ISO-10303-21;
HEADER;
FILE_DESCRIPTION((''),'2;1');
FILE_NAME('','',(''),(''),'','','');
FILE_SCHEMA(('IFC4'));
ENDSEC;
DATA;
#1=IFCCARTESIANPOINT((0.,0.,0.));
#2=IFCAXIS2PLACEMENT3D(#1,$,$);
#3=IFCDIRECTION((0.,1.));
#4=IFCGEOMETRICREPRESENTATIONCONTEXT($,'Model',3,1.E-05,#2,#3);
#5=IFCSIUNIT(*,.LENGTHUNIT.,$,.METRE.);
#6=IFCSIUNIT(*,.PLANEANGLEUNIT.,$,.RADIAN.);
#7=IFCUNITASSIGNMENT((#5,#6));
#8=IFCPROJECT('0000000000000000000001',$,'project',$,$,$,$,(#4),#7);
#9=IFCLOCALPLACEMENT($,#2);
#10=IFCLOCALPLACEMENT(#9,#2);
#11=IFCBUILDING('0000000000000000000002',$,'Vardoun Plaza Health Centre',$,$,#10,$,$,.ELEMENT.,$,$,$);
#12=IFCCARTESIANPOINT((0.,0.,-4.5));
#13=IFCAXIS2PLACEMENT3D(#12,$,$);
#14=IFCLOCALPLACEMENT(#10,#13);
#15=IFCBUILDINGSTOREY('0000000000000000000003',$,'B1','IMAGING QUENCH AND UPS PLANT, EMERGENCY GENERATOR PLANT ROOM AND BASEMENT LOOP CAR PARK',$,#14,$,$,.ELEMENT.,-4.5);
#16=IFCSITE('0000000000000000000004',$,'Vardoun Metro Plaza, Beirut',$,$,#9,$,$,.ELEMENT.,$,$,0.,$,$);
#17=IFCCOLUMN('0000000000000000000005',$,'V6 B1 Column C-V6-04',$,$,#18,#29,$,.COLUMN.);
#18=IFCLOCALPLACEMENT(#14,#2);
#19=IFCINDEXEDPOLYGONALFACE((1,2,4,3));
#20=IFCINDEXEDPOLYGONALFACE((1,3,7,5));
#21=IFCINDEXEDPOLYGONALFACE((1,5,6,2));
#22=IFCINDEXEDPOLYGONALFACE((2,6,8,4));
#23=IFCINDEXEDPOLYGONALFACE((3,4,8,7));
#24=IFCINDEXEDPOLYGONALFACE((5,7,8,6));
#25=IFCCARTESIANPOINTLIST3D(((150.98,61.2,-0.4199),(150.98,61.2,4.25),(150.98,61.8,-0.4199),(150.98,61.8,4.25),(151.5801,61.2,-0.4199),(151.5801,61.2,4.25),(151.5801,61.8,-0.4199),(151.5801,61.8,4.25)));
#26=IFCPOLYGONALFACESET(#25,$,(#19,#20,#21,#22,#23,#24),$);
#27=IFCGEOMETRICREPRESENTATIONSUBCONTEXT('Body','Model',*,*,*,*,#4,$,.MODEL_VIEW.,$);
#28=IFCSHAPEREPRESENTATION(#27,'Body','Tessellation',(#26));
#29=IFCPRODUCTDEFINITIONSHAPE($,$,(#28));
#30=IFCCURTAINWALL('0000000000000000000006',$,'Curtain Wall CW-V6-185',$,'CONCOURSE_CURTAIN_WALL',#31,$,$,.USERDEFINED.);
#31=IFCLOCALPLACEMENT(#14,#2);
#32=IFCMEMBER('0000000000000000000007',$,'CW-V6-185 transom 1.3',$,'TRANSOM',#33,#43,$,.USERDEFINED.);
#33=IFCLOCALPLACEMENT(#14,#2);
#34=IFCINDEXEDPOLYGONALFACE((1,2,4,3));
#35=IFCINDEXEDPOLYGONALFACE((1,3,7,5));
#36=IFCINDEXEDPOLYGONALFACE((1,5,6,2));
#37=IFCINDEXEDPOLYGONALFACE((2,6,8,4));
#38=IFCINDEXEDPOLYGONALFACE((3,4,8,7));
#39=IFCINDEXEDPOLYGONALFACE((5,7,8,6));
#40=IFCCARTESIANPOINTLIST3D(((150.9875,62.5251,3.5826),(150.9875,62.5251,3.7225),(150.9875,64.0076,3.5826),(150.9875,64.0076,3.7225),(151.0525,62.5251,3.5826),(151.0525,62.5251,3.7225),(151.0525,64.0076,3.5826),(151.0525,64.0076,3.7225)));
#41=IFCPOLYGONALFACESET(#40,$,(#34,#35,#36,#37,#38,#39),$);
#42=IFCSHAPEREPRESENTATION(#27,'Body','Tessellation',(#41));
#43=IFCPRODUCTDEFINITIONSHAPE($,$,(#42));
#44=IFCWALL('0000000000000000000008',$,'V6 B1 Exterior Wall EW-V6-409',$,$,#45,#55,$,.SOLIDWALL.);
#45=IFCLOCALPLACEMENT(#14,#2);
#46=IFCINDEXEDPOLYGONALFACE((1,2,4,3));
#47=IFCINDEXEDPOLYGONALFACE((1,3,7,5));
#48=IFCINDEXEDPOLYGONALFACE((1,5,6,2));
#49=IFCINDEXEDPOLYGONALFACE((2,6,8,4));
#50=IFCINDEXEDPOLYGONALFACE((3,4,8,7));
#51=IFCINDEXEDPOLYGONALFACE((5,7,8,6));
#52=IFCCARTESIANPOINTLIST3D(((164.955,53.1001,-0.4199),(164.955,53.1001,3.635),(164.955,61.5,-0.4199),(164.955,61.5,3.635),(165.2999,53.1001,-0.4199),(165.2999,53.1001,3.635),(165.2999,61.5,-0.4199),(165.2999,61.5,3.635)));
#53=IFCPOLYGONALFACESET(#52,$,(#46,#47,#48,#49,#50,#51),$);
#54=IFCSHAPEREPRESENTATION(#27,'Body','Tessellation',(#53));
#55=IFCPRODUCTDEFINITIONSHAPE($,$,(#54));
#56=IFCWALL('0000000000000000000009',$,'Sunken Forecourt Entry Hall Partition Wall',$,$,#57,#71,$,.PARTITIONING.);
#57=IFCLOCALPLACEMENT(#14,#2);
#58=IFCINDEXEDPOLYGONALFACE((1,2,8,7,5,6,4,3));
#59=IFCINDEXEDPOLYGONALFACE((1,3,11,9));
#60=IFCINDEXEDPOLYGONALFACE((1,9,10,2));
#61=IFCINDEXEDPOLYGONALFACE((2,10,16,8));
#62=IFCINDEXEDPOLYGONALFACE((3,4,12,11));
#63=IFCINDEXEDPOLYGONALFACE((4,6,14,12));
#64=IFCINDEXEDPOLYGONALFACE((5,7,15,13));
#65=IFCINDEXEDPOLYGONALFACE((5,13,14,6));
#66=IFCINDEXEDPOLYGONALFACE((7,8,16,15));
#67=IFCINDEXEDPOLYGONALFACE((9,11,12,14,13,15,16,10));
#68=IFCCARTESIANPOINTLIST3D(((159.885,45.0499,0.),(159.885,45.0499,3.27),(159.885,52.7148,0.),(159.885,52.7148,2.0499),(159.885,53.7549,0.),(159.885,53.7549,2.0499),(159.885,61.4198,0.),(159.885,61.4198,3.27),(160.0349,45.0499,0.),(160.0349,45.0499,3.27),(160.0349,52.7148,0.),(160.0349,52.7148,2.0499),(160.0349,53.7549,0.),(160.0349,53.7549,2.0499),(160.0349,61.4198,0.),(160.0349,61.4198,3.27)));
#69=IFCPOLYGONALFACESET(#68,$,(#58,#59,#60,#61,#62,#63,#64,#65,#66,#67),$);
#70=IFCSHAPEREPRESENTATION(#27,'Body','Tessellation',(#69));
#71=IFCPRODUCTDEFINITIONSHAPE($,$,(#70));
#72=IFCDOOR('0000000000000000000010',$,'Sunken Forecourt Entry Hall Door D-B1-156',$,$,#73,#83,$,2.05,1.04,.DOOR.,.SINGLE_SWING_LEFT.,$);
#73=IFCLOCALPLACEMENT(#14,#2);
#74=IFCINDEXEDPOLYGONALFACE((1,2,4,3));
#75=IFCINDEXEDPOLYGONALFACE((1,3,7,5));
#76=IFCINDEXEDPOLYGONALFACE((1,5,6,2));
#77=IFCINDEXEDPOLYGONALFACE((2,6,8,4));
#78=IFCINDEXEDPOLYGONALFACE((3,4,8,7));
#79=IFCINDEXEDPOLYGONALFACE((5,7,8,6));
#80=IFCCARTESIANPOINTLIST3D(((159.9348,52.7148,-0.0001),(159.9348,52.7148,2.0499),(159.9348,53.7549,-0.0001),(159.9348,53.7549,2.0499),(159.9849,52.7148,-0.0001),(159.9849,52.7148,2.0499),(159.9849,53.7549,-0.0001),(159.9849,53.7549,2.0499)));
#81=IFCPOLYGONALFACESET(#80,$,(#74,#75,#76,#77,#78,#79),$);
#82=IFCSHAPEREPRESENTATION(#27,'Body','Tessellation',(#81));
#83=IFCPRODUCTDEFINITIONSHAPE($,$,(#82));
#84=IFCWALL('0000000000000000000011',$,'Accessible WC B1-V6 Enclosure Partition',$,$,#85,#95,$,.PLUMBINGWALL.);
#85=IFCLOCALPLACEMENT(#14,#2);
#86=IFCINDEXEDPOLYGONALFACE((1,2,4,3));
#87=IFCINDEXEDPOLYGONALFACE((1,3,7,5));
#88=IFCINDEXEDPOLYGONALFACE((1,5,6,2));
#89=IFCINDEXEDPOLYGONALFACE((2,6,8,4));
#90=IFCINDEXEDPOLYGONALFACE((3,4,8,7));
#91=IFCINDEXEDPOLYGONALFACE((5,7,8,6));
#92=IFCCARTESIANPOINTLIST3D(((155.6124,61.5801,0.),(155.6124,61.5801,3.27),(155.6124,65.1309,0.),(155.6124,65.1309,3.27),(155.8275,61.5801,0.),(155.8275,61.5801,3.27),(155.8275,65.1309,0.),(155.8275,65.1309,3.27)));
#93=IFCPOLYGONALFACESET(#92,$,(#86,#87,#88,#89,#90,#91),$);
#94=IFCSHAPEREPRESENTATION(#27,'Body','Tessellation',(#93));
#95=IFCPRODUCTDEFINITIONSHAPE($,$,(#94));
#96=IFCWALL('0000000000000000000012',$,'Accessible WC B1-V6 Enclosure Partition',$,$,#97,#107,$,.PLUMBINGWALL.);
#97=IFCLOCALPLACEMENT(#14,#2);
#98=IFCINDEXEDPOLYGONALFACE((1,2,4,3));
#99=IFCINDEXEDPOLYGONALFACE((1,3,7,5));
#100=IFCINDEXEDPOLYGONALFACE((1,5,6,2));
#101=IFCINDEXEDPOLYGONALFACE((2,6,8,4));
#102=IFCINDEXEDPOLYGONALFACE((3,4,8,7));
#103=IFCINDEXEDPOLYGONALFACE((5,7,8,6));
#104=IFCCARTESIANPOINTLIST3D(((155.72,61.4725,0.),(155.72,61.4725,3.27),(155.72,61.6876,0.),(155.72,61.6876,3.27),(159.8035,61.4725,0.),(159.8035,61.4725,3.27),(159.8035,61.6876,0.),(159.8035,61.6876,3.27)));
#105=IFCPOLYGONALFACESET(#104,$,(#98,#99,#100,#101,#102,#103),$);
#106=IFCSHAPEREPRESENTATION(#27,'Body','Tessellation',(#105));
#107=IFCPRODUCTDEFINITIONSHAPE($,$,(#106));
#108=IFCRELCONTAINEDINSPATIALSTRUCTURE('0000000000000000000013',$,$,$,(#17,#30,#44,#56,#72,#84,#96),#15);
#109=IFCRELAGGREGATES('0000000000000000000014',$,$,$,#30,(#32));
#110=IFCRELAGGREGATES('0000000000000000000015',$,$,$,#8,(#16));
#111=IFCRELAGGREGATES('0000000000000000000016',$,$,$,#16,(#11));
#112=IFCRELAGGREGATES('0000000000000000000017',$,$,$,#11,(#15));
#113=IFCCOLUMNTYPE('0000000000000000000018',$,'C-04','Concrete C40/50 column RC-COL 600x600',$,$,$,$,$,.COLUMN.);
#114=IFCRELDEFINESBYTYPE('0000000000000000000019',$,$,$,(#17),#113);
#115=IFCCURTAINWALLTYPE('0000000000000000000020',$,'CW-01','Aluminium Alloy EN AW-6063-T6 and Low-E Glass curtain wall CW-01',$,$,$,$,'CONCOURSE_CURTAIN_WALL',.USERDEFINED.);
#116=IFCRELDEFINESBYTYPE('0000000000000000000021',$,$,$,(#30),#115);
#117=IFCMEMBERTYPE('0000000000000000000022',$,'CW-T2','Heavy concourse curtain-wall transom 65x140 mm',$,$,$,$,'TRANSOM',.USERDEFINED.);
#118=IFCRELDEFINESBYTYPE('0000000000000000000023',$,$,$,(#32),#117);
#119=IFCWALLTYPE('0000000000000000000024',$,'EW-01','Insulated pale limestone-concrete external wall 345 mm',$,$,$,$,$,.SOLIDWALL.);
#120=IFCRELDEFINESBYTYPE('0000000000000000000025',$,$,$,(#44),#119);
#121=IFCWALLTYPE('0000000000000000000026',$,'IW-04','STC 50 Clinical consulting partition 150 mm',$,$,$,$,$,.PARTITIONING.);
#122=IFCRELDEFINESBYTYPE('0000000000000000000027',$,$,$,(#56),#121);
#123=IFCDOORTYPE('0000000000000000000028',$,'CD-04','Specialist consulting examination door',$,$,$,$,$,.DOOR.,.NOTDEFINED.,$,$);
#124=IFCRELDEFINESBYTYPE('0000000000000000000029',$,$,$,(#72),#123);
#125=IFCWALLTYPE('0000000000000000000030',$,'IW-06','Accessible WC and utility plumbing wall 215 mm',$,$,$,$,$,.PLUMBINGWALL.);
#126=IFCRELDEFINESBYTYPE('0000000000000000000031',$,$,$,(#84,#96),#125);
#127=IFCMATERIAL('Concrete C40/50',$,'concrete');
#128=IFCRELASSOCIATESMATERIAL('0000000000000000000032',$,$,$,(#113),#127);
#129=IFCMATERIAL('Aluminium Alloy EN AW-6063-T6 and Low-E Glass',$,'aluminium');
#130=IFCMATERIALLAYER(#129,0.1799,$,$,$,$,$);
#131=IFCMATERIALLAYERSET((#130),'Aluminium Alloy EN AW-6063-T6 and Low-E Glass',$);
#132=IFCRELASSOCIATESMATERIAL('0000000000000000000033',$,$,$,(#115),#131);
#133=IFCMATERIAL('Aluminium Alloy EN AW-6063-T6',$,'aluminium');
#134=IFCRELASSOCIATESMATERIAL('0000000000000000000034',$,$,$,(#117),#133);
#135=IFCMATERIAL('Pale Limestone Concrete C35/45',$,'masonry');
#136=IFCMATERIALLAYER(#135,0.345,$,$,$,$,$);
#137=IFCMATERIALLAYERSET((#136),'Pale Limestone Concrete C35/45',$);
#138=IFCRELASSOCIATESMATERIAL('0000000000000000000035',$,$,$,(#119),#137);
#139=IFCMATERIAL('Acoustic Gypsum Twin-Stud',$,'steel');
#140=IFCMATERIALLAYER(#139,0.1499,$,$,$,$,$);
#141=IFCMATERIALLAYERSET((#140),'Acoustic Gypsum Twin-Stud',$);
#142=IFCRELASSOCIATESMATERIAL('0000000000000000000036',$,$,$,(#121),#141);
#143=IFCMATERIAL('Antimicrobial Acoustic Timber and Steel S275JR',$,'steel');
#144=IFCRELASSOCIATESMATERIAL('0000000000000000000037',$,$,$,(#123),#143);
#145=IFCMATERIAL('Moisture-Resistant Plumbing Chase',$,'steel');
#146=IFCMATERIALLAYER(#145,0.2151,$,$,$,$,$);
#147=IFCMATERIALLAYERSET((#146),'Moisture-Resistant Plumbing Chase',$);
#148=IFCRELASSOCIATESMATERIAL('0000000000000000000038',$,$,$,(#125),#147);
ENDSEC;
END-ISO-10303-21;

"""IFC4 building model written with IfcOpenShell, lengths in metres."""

from ifc_helpers import new_model, si_unit, direction, frame, frame_2d, origin, origin_2d, place, context, subcontext, project, spatial, rectangle, extrude, material, layer, layer_set, material_profile, profile_set, type_object, element, fill, aggregate, save


model = new_model("IFC4")

# Units and contexts
model_context = context("Model", 3, precision=1e-05, world=origin(), true_north=direction((0.0, 1.0)))
body_context = subcontext(model_context, "Body", "Model", "MODEL_VIEW")
ifc_project = project(units=[si_unit("LENGTHUNIT", "METRE"), si_unit("PLANEANGLEUNIT", "RADIAN")], contexts=[model_context])

# Site, building, storey
site_placement = place(None, origin())
site = spatial("IfcSite", under=ifc_project, at=site_placement, Name="Vardoun Metro Plaza, Beirut", CompositionType="ELEMENT", RefElevation=0.0)
building_placement = place(site_placement, origin())
building = spatial("IfcBuilding", under=site, at=building_placement, Name="Vardoun Plaza Health Centre", CompositionType="ELEMENT")
storey_placement = place(building_placement, frame((0.0, 0.0, -4.5)))
storey = spatial("IfcBuildingStorey", under=building, at=storey_placement, Name="B1", Description="IMAGING QUENCH AND UPS PLANT, EMERGENCY GENERATOR PLANT ROOM AND BASEMENT LOOP CAR PARK", CompositionType="ELEMENT", Elevation=-4.5)

# Column
ifc_material_1 = material(Name="Concrete C40/50", Category="concrete")
ifc_material_profile_1 = material_profile(ifc_material_1, rectangle(XDim=0.6001, YDim=0.6001, at=origin_2d()), Name="RC-COL 600x600")
ifc_profile_set_1 = profile_set([ifc_material_profile_1], Name="Concrete C40/50")
column_type_1 = type_object("IfcColumnType", Name="C-04", Description="Concrete C40/50 column RC-COL 600x600", PredefinedType="COLUMN", material=ifc_profile_set_1)
column_1_placement = place(storey_placement, frame((151.28, 61.5, -0.4199), z_axis=(0.0, 0.0, 1.0), x_axis=(1.0, 0.0, 0.0)))
element("IfcColumn", 1, at=column_1_placement, inside=storey, type_object=column_type_1, Name="V6 B1 Column C-V6-04", PredefinedType="COLUMN", context=body_context, shape_type="SweptSolid", body=[
    extrude(rectangle(XDim=0.6001, YDim=0.6001, at=origin_2d()), origin(), (0.0, 0.0, 1.0), 4.6699),
])

# Curtain wall, member
ifc_material_2 = material(Name="Aluminium Alloy EN AW-6063-T6 and Low-E Glass", Category="aluminium")
ifc_layer_1 = layer(ifc_material_2, 0.1799)
ifc_layer_set_1 = layer_set([ifc_layer_1], Name="Aluminium Alloy EN AW-6063-T6 and Low-E Glass")
curtain_wall_type = type_object("IfcCurtainWallType", Name="CW-01", Description="Aluminium Alloy EN AW-6063-T6 and Low-E Glass curtain wall CW-01", ElementType="CONCOURSE_CURTAIN_WALL", PredefinedType="USERDEFINED", material=ifc_layer_set_1)
curtain_wall_placement = place(storey_placement, origin())
curtain_wall = element("IfcCurtainWall", 2, at=curtain_wall_placement, inside=storey, type_object=curtain_wall_type, Name="Curtain Wall CW-V6-185", ObjectType="CONCOURSE_CURTAIN_WALL", PredefinedType="USERDEFINED")
ifc_material_3 = material(Name="Aluminium Alloy EN AW-6063-T6", Category="aluminium")
ifc_material_profile_2 = material_profile(ifc_material_3, rectangle(XDim=0.0649, YDim=0.1399, at=origin_2d()), Name="CWT 65x140")
ifc_profile_set_2 = profile_set([ifc_material_profile_2], Name="Aluminium Alloy EN AW-6063-T6")
member_type = type_object("IfcMemberType", Name="CW-T2", Description="Heavy concourse curtain-wall transom 65x140 mm", ElementType="TRANSOM", PredefinedType="USERDEFINED", material=ifc_profile_set_2)
member_placement = place(storey_placement, frame((151.02, 62.5251, 3.6526), z_axis=(0.0, 1.0, 0.0), x_axis=(-1.0, 0.0, 0.0)))
member = element("IfcMember", 3, at=member_placement, type_object=member_type, Name="CW-V6-185 transom 1.3", ObjectType="TRANSOM", PredefinedType="USERDEFINED", context=body_context, shape_type="SweptSolid", body=[
    extrude(rectangle(XDim=0.0649, YDim=0.1399, at=origin_2d()), origin(), (0.0, 0.0, 1.0), 1.4824),
])
aggregate(curtain_wall, [member])

# Wall
ifc_material_4 = material(Name="Pale Limestone Concrete C35/45", Category="masonry")
ifc_layer_2 = layer(ifc_material_4, 0.345)
ifc_layer_set_2 = layer_set([ifc_layer_2], Name="Pale Limestone Concrete C35/45")
wall_type_1 = type_object("IfcWallType", Name="EW-01", Description="Insulated pale limestone-concrete external wall 345 mm", PredefinedType="SOLIDWALL", material=ifc_layer_set_2)
wall_1_placement = place(storey_placement, frame((165.1274, 61.5, -0.4199), z_axis=(0.0, 0.0, 1.0), x_axis=(0.0, -1.0, 0.0)))
element("IfcWall", 4, at=wall_1_placement, inside=storey, type_object=wall_type_1, Name="V6 B1 Exterior Wall EW-V6-409", PredefinedType="SOLIDWALL", context=body_context, shape_type="SweptSolid", body=[
    extrude(rectangle(XDim=8.3999, YDim=0.345, at=frame_2d((4.2, 0.0))), origin(), (0.0, 0.0, 1.0), 4.0549),
])

# Wall, opening, door
ifc_material_5 = material(Name="Acoustic Gypsum Twin-Stud", Category="steel")
ifc_layer_3 = layer(ifc_material_5, 0.1499)
ifc_layer_set_3 = layer_set([ifc_layer_3], Name="Acoustic Gypsum Twin-Stud")
wall_type_2 = type_object("IfcWallType", Name="IW-04", Description="STC 50 Clinical consulting partition 150 mm", PredefinedType="PARTITIONING", material=ifc_layer_set_3)
wall_2_placement = place(storey_placement, frame((159.96, 61.4199, 0.0), z_axis=(0.0, 0.0, 1.0), x_axis=(0.0, -1.0, 0.0)))
wall_2 = element("IfcWall", 5, at=wall_2_placement, inside=storey, type_object=wall_type_2, Name="Sunken Forecourt Entry Hall Partition Wall", PredefinedType="PARTITIONING", context=body_context, shape_type="SweptSolid", body=[
    extrude(rectangle(XDim=16.3699, YDim=0.1499, at=frame_2d((8.1851, 0.0))), origin(), (0.0, 0.0, 1.0), 3.27),
])
opening_placement = place(wall_2_placement, frame((7.665, 0.0, 0.0)))
opening = element("IfcOpeningElement", 6, at=opening_placement, cuts=wall_2, PredefinedType="OPENING", context=body_context, shape_type="SweptSolid", body=[
    extrude(rectangle(XDim=1.04, YDim=2.05, at=frame_2d((0.52, 1.0249))), frame((0.0, 0.075, 0.0), z_axis=(0.0, -1.0, 0.0), x_axis=(1.0, 0.0, 0.0)), (0.0, 0.0, 1.0), 0.1499),
])
ifc_material_6 = material(Name="Antimicrobial Acoustic Timber and Steel S275JR", Category="steel")
door_type = type_object("IfcDoorType", Name="CD-04", Description="Specialist consulting examination door", OperationType="NOTDEFINED", PredefinedType="DOOR", material=ifc_material_6)
door_placement = place(opening_placement, origin())
door = element("IfcDoor", 7, at=door_placement, inside=storey, type_object=door_type, Name="Sunken Forecourt Entry Hall Door D-B1-156", OperationType="SINGLE_SWING_LEFT", OverallHeight=2.05, OverallWidth=1.04, PredefinedType="DOOR", context=body_context, shape_type="SweptSolid", body=[
    extrude(rectangle(XDim=1.04, YDim=2.05, at=frame_2d((0.52, 1.0249))), frame((0.0, 0.0249, 0.0), z_axis=(0.0, -1.0, 0.0), x_axis=(1.0, 0.0, 0.0)), (0.0, 0.0, 1.0), 0.05),
])
fill(opening, door)

# Walls
ifc_material_7 = material(Name="Moisture-Resistant Plumbing Chase", Category="steel")
ifc_layer_4 = layer(ifc_material_7, 0.2151)
ifc_layer_set_4 = layer_set([ifc_layer_4], Name="Moisture-Resistant Plumbing Chase")
wall_type_3 = type_object("IfcWallType", Name="IW-06", Description="Accessible WC and utility plumbing wall 215 mm", PredefinedType="PLUMBINGWALL", material=ifc_layer_set_4)
wall_3_placement = place(storey_placement, frame((155.72, 61.5801, 0.0), z_axis=(0.0, 0.0, 1.0), x_axis=(0.0, 1.0, 0.0)))
element("IfcWall", 8, at=wall_3_placement, inside=storey, type_object=wall_type_3, Name="Accessible WC B1-V6 Enclosure Partition", PredefinedType="PLUMBINGWALL", context=body_context, shape_type="SweptSolid", body=[
    extrude(rectangle(XDim=3.5508, YDim=0.2151, at=frame_2d((1.7754, 0.0))), origin(), (0.0, 0.0, 1.0), 3.27),
])
wall_4_placement = place(storey_placement, frame((159.8035, 61.5801, 0.0), z_axis=(0.0, 0.0, 1.0), x_axis=(-1.0, 0.0, 0.0)))
element("IfcWall", 9, at=wall_4_placement, inside=storey, type_object=wall_type_3, Name="Accessible WC B1-V6 Enclosure Partition", PredefinedType="PLUMBINGWALL", context=body_context, shape_type="SweptSolid", body=[
    extrude(rectangle(XDim=4.0835, YDim=0.2151, at=frame_2d((2.0417, 0.0))), origin(), (0.0, 0.0, 1.0), 3.27),
])

save(model, "model.ifc")
